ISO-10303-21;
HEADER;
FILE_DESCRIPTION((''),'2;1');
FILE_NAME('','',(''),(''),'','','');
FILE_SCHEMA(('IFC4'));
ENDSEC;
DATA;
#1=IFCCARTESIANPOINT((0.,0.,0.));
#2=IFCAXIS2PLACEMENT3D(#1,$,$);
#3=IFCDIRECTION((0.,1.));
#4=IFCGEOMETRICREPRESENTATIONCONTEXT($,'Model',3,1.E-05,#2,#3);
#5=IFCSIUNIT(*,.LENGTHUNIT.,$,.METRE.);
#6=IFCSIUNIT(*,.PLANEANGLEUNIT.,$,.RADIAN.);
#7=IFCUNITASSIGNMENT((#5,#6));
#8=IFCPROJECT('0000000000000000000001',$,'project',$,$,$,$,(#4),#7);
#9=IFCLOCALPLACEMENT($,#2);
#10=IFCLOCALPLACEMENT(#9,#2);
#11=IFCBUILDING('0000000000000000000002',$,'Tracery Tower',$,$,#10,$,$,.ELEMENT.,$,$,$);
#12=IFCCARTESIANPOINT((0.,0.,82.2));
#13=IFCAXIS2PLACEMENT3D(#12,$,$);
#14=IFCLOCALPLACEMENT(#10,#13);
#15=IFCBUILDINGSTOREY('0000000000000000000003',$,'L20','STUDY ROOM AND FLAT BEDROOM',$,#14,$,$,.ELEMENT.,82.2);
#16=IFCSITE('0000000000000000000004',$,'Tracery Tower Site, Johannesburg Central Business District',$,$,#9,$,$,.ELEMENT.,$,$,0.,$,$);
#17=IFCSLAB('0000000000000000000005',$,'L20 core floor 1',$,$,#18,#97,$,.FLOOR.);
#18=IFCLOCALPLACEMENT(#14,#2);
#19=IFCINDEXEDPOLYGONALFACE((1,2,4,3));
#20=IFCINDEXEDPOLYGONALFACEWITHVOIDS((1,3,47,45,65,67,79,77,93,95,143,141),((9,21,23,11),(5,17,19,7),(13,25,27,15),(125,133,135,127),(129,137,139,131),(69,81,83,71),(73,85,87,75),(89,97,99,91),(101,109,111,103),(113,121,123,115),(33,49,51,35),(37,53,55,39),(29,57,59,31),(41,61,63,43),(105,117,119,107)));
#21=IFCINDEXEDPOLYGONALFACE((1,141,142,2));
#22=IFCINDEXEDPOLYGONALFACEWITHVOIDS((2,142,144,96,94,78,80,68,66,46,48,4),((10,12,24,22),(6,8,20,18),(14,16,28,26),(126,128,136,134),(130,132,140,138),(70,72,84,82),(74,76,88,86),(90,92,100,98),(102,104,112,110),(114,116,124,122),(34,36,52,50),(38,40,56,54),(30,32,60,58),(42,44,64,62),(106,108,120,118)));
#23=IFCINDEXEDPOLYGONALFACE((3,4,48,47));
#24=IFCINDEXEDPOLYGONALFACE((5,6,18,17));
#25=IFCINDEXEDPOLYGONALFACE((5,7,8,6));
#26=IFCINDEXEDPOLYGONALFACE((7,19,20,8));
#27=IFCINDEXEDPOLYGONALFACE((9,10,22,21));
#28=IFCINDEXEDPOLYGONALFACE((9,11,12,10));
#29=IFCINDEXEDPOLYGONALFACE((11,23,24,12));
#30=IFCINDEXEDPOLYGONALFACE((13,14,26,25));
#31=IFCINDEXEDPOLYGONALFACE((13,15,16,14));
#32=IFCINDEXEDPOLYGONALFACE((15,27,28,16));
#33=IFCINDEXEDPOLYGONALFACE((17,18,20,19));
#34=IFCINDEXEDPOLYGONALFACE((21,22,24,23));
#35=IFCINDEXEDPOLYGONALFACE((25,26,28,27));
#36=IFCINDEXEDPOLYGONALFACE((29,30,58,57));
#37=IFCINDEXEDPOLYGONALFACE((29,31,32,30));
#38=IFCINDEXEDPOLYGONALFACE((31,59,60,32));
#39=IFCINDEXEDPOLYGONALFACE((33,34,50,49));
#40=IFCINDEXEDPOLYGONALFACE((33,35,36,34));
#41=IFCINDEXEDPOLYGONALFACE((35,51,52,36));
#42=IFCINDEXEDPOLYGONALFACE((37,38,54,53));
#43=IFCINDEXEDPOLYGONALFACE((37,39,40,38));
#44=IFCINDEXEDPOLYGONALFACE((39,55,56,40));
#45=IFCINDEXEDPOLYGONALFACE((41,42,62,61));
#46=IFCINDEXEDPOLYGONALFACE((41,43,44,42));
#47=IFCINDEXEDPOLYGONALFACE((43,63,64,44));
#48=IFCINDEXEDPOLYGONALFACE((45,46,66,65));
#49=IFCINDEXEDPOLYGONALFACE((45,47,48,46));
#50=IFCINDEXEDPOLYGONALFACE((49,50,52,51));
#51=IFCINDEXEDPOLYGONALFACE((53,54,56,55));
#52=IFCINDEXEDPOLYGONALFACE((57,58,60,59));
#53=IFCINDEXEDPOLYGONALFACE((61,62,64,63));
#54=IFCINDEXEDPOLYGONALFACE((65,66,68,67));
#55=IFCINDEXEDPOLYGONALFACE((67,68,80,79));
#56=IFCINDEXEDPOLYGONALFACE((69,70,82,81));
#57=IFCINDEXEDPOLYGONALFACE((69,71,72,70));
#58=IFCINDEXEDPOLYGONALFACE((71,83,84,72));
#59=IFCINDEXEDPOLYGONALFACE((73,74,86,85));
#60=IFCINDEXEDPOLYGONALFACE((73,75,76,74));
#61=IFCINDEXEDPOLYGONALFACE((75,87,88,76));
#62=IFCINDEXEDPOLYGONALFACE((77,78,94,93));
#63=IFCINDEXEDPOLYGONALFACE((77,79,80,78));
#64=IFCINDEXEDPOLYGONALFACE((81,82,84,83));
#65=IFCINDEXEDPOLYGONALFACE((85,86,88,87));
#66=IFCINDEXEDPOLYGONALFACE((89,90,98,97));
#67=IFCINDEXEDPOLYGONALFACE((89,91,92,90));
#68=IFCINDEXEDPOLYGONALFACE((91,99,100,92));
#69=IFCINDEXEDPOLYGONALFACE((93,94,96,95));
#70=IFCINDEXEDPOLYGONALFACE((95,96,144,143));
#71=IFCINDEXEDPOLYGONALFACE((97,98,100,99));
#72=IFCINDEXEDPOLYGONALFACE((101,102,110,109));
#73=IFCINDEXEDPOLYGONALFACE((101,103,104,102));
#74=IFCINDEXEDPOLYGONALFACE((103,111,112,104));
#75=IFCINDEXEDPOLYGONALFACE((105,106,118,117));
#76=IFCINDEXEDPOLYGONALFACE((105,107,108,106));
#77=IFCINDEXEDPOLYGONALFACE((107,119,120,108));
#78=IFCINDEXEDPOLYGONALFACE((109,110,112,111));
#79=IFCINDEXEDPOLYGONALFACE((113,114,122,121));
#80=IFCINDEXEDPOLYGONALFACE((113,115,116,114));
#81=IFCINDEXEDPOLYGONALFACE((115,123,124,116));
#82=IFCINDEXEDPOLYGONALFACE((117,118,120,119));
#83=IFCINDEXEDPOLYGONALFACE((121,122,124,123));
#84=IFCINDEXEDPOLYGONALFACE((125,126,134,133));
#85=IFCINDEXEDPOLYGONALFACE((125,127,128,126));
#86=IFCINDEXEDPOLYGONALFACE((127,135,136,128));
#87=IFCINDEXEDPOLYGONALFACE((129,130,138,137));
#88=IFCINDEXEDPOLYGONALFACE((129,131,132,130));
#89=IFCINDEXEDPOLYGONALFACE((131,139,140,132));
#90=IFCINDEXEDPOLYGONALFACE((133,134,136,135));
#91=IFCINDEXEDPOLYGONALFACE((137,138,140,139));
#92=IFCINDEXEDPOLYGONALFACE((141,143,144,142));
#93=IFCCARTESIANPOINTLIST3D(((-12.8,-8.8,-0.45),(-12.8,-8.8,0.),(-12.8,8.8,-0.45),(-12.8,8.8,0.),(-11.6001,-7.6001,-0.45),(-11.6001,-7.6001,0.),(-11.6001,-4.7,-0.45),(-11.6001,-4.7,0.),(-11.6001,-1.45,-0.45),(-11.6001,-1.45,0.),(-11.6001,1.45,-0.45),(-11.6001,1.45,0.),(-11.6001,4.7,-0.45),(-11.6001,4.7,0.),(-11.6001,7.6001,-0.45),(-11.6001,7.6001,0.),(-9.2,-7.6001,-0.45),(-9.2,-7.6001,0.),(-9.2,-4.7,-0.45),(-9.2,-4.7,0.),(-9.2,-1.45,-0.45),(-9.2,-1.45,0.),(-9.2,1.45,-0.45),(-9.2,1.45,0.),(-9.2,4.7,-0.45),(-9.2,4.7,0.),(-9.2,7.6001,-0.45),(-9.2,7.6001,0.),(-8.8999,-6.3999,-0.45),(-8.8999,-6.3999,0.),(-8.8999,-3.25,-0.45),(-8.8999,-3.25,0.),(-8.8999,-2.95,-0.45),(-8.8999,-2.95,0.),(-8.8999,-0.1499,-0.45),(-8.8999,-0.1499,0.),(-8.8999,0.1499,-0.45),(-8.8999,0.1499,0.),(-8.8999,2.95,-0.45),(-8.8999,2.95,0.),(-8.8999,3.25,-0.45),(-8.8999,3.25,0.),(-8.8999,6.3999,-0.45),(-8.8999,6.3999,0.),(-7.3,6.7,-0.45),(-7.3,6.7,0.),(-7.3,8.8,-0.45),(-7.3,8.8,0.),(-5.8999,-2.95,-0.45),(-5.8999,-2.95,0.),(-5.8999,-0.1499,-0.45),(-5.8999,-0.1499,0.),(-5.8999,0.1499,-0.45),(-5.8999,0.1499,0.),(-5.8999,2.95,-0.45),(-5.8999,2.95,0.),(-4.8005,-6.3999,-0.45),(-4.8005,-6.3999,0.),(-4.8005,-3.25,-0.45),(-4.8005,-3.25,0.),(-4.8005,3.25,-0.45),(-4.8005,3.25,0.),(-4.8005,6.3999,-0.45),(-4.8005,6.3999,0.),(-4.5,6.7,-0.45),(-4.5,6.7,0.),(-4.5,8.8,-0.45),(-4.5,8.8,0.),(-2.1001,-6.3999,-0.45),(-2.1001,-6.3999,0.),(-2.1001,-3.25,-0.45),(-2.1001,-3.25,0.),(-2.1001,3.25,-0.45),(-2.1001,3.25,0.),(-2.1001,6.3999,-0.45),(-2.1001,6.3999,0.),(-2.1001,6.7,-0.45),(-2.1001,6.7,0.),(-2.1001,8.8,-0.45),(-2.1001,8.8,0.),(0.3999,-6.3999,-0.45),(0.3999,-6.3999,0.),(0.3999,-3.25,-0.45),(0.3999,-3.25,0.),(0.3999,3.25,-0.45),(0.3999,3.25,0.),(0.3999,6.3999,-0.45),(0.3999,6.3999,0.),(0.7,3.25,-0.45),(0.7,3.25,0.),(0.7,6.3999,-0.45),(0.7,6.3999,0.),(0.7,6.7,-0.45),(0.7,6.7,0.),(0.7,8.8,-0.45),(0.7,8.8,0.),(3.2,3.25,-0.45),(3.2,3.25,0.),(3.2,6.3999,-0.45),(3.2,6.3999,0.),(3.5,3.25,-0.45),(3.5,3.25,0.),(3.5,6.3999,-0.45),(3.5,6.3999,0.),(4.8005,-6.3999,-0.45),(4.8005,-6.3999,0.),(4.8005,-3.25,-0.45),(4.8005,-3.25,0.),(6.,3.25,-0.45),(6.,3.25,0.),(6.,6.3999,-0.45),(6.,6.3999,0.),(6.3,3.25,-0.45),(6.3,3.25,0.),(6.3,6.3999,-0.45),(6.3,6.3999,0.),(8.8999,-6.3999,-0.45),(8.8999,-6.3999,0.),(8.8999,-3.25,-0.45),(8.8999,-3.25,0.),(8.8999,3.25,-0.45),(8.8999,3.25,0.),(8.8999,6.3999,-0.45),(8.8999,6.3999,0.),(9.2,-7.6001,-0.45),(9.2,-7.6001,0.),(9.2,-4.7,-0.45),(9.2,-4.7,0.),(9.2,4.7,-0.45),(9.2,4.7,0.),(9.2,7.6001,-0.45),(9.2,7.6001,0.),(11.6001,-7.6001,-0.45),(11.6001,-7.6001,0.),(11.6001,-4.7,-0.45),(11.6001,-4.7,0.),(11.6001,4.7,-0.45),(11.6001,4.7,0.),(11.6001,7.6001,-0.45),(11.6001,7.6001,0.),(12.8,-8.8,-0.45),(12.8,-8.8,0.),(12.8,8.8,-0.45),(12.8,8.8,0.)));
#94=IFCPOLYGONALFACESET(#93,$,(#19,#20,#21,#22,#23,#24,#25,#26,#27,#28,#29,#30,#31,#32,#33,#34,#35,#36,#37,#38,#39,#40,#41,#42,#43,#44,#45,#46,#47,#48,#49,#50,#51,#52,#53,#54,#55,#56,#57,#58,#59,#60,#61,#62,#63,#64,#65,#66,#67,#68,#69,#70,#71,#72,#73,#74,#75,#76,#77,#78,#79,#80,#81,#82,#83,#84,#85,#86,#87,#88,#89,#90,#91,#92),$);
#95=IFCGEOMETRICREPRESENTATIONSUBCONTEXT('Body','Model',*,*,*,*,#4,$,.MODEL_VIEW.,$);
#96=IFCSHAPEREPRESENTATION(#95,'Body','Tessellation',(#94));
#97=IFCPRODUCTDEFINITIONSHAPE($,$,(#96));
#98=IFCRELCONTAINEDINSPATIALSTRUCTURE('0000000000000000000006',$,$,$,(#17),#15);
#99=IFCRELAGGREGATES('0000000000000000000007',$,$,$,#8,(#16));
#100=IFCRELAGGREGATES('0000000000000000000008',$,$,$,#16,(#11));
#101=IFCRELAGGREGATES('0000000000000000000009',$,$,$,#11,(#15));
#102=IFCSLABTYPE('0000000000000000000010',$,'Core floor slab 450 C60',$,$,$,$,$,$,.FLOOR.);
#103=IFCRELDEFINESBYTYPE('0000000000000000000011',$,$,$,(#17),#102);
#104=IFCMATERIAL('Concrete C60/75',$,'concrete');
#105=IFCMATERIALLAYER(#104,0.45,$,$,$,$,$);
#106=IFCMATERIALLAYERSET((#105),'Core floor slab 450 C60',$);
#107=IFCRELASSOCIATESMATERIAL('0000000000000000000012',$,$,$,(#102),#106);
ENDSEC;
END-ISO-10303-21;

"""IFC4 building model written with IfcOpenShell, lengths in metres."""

from ifc_helpers import new_model, si_unit, direction, frame, origin, place, context, subcontext, project, spatial, polyline, outline, extrude, material, layer, layer_set, type_object, element, save


model = new_model("IFC4")

# Units and contexts
model_context = context("Model", 3, precision=1e-05, world=origin(), true_north=direction((0.0, 1.0)))
body_context = subcontext(model_context, "Body", "Model", "MODEL_VIEW")
ifc_project = project(units=[si_unit("LENGTHUNIT", "METRE"), si_unit("PLANEANGLEUNIT", "RADIAN")], contexts=[model_context])

# Site, building, storey
site_placement = place(None, origin())
site = spatial("IfcSite", under=ifc_project, at=site_placement, Name="Tracery Tower Site, Johannesburg Central Business District", CompositionType="ELEMENT", RefElevation=0.0)
building_placement = place(site_placement, origin())
building = spatial("IfcBuilding", under=site, at=building_placement, Name="Tracery Tower", CompositionType="ELEMENT")
storey_placement = place(building_placement, frame((0.0, 0.0, 82.2)))
storey = spatial("IfcBuildingStorey", under=building, at=storey_placement, Name="L20", Description="STUDY ROOM AND FLAT BEDROOM", CompositionType="ELEMENT", Elevation=82.2)

# Slab
ifc_material_1 = material(Name="Concrete C60/75", Category="concrete")
ifc_layer_1 = layer(ifc_material_1, 0.45)
ifc_layer_set_1 = layer_set([ifc_layer_1], Name="Core floor slab 450 C60")
slab_type_1 = type_object("IfcSlabType", Name="Core floor slab 450 C60", PredefinedType="FLOOR", material=ifc_layer_set_1)
slab_1_placement = place(storey_placement, frame((0.0, 0.0, -0.45)))
element("IfcSlab", 1, at=slab_1_placement, inside=storey, type_object=slab_type_1, Name="L20 core floor 1", PredefinedType="FLOOR", context=body_context, shape_type="SweptSolid", body=[
    extrude(outline(polyline([(-12.8, 8.8), (-7.3, 8.8), (-7.3, 6.7), (-4.5, 6.7), (-4.5, 8.8), (-2.1001, 8.8), (-2.1001, 6.7), (0.7, 6.7), (0.7, 8.8), (12.8, 8.8), (12.8, -8.8), (-12.8, -8.8), (-12.8, 8.8)]), holes=[polyline([(11.6001, -7.6001), (11.6001, -4.7), (9.2, -4.7), (9.2, -7.6001), (11.6001, -7.6001)]), polyline([(11.6001, 4.7), (11.6001, 7.6001), (9.2, 7.6001), (9.2, 4.7), (11.6001, 4.7)]), polyline([(4.8005, -3.25), (4.8005, -6.3999), (8.8999, -6.3999), (8.8999, -3.25), (4.8005, -3.25)]), polyline([(6.3, 3.25), (8.8999, 3.25), (8.8999, 6.3999), (6.3, 6.3999), (6.3, 3.25)]), polyline([(3.5, 3.25), (6.0, 3.25), (6.0, 6.3999), (3.5, 6.3999), (3.5, 3.25)]), polyline([(3.2, 3.25), (3.2, 6.3999), (0.7, 6.3999), (0.7, 3.25), (3.2, 3.25)]), polyline([(-2.1001, 3.25), (0.3999, 3.25), (0.3999, 6.3999), (-2.1001, 6.3999), (-2.1001, 3.25)]), polyline([(0.3999, -6.3999), (0.3999, -3.25), (-2.1001, -3.25), (-2.1001, -6.3999), (0.3999, -6.3999)]), polyline([(-4.8005, -3.25), (-8.8999, -3.25), (-8.8999, -6.3999), (-4.8005, -6.3999), (-4.8005, -3.25)]), polyline([(-4.8005, 6.3999), (-8.8999, 6.3999), (-8.8999, 3.25), (-4.8005, 3.25), (-4.8005, 6.3999)]), polyline([(-8.8999, -2.95), (-5.8999, -2.95), (-5.8999, -0.1499), (-8.8999, -0.1499), (-8.8999, -2.95)]), polyline([(-5.8999, 0.1499), (-5.8999, 2.95), (-8.8999, 2.95), (-8.8999, 0.1499), (-5.8999, 0.1499)]), polyline([(-11.6001, 4.7), (-9.2, 4.7), (-9.2, 7.6001), (-11.6001, 7.6001), (-11.6001, 4.7)]), polyline([(-9.2, -7.6001), (-9.2, -4.7), (-11.6001, -4.7), (-11.6001, -7.6001), (-9.2, -7.6001)]), polyline([(-9.2, -1.45), (-9.2, 1.45), (-11.6001, 1.45), (-11.6001, -1.45), (-9.2, -1.45)])]), origin(), (0.0, 0.0, 1.0), 0.45),
])

save(model, "model.ifc")
